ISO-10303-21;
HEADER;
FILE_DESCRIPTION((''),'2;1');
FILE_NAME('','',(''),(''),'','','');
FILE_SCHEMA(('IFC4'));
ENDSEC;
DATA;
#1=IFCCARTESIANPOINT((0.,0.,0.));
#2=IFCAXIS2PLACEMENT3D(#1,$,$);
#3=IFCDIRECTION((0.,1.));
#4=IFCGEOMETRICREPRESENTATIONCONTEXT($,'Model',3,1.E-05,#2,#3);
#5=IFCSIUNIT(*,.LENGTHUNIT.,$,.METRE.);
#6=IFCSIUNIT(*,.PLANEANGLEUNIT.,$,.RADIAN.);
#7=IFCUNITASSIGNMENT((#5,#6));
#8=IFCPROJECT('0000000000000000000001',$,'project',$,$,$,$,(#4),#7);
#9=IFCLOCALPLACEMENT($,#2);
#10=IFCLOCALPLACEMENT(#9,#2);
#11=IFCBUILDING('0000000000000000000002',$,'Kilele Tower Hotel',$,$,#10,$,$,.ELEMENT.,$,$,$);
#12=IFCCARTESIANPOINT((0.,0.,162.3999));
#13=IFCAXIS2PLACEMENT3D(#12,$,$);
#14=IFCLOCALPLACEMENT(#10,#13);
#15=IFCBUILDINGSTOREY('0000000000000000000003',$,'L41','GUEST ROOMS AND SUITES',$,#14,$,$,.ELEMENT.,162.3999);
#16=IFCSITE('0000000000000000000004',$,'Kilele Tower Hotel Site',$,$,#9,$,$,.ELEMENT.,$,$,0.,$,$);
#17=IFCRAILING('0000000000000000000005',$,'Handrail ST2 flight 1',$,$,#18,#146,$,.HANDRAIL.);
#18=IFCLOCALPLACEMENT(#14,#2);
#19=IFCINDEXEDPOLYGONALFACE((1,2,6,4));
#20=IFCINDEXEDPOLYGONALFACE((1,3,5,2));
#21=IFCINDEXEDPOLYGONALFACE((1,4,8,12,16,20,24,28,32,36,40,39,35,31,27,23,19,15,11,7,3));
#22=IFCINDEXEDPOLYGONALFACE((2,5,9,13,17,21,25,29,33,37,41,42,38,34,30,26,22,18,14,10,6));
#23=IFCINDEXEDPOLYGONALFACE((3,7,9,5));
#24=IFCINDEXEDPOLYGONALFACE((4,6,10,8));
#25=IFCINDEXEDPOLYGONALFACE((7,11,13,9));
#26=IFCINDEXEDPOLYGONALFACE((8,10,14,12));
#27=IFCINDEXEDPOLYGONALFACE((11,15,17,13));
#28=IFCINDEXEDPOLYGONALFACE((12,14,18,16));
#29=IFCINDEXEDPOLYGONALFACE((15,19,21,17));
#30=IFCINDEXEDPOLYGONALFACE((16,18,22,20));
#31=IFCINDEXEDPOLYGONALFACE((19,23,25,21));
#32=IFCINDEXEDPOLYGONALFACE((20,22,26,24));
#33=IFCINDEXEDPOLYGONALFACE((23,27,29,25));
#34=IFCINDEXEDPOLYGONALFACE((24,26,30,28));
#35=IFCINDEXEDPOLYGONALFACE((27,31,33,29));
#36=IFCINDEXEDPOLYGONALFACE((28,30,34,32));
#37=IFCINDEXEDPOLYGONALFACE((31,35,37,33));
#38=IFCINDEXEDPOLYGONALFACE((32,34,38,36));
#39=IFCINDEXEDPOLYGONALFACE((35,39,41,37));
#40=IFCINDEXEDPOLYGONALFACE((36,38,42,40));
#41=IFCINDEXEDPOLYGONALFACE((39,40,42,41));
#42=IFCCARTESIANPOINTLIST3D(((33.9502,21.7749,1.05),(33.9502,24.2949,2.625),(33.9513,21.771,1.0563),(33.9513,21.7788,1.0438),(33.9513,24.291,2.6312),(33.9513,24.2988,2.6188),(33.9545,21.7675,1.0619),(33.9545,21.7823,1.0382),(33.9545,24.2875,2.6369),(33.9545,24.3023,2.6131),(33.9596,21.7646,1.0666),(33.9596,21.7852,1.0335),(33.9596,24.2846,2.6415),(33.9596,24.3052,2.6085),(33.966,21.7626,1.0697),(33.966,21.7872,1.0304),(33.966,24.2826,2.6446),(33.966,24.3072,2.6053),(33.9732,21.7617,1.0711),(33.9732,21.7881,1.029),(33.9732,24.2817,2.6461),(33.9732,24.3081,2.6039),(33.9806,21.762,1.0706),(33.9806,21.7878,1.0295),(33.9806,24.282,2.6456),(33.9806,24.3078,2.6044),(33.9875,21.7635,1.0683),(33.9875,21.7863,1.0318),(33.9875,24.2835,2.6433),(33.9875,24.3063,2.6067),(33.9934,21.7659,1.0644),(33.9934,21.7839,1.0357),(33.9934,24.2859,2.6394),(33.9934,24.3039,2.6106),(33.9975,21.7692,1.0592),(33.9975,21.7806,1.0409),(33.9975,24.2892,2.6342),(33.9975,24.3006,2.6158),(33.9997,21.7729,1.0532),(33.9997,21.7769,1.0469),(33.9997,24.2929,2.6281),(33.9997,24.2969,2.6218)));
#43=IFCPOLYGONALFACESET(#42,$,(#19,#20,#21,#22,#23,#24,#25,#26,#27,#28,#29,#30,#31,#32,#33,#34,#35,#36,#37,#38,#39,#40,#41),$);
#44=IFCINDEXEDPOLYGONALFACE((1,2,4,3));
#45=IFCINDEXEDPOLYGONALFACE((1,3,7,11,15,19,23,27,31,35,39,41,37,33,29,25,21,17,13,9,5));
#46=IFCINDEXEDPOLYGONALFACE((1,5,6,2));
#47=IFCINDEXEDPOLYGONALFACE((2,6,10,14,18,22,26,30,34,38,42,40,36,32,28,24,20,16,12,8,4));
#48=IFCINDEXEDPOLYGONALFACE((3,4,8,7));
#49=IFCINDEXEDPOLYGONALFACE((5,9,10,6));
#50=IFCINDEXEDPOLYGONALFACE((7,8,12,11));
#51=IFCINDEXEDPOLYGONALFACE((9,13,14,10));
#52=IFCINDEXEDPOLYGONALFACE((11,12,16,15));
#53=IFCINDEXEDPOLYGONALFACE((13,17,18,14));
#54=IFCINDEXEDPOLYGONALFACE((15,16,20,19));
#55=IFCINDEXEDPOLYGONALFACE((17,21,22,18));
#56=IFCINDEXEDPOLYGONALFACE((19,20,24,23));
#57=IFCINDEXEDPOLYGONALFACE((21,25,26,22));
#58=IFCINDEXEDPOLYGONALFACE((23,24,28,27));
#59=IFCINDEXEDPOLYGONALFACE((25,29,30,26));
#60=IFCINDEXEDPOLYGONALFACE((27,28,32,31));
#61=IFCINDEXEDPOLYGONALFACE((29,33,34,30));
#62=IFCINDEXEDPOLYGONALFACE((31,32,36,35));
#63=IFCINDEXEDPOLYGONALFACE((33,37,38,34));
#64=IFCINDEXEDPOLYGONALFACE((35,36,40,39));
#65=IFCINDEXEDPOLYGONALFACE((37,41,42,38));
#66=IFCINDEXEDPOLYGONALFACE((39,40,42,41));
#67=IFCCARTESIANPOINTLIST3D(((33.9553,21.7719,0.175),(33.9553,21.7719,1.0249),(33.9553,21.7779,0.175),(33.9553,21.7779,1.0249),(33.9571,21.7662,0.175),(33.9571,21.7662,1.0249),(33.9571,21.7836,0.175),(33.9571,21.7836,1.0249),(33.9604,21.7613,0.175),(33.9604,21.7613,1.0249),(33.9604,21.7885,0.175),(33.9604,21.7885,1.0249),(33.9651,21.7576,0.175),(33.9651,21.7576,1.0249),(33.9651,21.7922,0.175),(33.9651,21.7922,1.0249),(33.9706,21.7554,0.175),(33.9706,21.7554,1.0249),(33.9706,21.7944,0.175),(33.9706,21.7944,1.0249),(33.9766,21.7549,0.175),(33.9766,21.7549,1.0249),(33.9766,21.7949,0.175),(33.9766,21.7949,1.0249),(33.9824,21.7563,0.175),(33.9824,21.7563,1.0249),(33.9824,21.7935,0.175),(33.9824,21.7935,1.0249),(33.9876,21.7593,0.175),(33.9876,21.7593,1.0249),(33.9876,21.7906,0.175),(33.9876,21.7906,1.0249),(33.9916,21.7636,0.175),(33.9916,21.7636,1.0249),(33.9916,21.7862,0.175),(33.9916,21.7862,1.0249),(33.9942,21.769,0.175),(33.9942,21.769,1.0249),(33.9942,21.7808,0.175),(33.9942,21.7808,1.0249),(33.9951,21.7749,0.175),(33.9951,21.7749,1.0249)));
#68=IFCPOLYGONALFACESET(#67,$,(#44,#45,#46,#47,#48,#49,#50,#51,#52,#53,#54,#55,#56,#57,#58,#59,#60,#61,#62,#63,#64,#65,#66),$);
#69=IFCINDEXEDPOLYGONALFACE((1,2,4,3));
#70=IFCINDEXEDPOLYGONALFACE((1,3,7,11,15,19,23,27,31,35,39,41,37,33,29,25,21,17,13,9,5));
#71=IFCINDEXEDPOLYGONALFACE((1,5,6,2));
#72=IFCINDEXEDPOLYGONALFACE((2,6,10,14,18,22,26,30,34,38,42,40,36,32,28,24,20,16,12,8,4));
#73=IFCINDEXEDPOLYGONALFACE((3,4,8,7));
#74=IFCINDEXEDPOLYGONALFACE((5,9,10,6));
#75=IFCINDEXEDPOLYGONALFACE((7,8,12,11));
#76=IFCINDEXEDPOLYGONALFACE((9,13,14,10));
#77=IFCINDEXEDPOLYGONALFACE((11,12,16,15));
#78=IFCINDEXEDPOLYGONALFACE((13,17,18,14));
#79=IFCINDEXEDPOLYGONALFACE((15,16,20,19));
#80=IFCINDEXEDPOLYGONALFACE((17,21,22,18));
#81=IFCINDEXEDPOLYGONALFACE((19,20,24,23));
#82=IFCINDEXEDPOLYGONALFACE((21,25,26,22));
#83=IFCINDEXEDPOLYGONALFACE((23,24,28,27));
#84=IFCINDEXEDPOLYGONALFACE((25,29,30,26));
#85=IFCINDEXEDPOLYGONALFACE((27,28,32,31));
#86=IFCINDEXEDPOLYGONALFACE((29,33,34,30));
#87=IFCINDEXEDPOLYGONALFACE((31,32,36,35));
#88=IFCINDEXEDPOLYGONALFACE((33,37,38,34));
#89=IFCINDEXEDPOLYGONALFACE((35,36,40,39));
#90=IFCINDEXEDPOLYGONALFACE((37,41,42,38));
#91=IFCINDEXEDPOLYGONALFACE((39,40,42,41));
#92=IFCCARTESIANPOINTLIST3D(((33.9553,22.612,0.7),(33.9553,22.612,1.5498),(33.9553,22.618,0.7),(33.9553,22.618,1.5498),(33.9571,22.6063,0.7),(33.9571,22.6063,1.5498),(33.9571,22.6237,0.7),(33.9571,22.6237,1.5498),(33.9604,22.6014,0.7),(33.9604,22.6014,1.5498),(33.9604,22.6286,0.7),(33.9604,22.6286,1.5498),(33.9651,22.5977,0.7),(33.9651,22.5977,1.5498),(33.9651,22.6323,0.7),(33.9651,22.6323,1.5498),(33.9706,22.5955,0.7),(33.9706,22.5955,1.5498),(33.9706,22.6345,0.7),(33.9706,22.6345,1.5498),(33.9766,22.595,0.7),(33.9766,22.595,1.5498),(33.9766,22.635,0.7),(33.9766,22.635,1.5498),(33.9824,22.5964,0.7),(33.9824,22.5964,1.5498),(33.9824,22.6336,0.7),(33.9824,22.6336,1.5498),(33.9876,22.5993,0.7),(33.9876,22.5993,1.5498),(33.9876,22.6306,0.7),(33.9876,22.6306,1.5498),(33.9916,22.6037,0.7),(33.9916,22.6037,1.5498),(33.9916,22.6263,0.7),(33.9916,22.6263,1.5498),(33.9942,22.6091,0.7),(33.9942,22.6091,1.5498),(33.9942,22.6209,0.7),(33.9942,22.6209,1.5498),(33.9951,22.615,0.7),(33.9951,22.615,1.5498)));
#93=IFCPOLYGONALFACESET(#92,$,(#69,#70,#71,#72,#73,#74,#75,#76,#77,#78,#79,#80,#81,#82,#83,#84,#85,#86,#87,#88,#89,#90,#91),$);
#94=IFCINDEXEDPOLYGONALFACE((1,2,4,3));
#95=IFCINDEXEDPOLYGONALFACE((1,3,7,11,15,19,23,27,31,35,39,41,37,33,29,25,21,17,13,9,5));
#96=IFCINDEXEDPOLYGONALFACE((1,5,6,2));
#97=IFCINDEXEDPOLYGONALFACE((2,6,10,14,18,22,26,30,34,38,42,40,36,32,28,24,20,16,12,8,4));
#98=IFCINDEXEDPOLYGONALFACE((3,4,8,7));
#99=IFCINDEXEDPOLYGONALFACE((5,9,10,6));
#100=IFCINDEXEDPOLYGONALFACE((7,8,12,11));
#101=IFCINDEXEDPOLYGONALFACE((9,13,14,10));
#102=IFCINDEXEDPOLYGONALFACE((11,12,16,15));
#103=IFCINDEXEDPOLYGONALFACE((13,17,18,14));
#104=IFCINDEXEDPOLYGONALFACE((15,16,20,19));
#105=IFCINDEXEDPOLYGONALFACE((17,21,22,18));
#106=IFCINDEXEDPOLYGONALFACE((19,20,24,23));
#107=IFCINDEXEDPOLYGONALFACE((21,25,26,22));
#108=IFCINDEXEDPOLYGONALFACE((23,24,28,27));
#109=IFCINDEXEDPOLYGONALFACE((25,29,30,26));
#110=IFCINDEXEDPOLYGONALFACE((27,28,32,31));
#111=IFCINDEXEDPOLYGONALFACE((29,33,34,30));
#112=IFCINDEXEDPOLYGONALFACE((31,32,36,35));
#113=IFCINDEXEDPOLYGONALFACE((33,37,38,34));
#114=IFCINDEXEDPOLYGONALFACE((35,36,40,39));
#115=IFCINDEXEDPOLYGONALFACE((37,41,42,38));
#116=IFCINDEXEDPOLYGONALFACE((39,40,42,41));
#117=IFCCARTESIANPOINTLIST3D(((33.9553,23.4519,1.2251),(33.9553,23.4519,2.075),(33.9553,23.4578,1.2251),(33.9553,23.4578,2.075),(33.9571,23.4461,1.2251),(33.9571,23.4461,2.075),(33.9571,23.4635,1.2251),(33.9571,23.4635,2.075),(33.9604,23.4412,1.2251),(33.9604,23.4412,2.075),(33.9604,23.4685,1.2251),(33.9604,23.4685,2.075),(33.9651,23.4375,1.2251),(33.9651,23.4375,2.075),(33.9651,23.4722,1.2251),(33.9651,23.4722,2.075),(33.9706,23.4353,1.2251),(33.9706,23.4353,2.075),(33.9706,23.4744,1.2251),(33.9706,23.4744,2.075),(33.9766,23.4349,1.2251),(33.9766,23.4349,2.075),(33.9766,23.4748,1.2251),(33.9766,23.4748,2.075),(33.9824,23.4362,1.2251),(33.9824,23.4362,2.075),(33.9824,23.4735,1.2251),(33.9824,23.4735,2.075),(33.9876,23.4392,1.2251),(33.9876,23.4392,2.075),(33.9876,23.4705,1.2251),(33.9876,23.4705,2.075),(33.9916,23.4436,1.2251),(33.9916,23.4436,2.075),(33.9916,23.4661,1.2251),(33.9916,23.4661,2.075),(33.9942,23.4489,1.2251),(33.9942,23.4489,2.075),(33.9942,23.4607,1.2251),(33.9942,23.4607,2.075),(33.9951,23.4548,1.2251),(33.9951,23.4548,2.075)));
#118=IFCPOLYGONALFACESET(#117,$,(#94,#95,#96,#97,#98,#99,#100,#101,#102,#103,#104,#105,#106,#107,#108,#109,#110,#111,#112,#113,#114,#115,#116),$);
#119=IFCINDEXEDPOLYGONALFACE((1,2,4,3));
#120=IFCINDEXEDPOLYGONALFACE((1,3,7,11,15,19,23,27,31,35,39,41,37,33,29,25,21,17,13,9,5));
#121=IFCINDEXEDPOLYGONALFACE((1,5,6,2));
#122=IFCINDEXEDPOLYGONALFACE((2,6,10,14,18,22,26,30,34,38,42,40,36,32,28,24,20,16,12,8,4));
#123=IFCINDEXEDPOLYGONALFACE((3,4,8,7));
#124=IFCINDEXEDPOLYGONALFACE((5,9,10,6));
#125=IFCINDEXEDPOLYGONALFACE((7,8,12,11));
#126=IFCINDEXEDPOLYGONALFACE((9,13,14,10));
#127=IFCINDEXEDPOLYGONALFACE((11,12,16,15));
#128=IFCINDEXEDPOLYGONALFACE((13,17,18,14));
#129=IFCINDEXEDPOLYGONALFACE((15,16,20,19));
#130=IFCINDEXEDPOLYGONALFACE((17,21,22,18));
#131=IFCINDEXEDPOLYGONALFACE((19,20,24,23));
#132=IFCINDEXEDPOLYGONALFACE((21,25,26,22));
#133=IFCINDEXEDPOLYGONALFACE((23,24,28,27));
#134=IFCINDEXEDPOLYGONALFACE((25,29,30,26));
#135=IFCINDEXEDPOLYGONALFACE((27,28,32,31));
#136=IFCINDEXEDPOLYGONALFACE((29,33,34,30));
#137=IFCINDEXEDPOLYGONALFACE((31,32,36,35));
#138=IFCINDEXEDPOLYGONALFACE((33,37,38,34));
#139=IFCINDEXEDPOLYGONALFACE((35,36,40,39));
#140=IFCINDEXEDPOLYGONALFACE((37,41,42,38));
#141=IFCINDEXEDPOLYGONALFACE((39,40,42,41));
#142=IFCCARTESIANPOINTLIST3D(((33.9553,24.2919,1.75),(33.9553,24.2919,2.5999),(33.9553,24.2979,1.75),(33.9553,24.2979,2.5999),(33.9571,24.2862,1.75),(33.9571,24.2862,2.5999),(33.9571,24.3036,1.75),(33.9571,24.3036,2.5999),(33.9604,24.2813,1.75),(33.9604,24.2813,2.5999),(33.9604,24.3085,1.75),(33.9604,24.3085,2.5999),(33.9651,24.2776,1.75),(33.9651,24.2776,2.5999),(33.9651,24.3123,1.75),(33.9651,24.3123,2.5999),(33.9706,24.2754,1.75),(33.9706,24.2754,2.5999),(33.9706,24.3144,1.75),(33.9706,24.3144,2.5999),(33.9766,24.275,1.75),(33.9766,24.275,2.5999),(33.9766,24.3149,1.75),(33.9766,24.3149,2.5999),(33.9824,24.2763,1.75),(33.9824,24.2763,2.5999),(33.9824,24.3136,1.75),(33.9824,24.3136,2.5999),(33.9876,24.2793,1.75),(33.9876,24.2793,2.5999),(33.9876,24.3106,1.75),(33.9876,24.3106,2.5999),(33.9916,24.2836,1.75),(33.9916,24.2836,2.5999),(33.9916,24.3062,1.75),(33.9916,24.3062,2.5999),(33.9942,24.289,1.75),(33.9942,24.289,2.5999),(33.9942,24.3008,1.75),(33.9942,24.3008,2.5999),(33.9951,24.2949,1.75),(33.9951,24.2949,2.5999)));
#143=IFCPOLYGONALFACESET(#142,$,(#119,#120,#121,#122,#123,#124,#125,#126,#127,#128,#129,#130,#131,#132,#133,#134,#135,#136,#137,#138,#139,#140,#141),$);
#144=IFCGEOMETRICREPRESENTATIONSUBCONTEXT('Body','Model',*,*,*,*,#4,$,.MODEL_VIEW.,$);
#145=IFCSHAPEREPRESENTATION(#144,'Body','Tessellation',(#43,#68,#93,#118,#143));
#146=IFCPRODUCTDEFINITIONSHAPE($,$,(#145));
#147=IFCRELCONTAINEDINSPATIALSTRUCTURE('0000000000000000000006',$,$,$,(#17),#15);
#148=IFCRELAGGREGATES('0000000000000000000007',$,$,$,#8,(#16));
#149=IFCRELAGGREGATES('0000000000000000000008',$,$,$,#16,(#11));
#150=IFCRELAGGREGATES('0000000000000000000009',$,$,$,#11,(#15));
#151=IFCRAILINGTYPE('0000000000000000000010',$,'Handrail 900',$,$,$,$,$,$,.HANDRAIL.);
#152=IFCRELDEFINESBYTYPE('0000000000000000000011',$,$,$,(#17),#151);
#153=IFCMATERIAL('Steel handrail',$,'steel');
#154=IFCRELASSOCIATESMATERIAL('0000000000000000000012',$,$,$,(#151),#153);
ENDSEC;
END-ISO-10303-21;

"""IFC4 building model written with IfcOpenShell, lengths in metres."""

from ifc_helpers import new_model, si_unit, direction, frame, origin, origin_2d, place, context, subcontext, project, spatial, circle, extrude, material, type_object, element, save


model = new_model("IFC4")

# Units and contexts
model_context = context("Model", 3, precision=1e-05, world=origin(), true_north=direction((0.0, 1.0)))
body_context = subcontext(model_context, "Body", "Model", "MODEL_VIEW")
ifc_project = project(units=[si_unit("LENGTHUNIT", "METRE"), si_unit("PLANEANGLEUNIT", "RADIAN")], contexts=[model_context])

# Site, building, storey
site_placement = place(None, origin())
site = spatial("IfcSite", under=ifc_project, at=site_placement, Name="Kilele Tower Hotel Site", CompositionType="ELEMENT", RefElevation=0.0)
building_placement = place(site_placement, origin())
building = spatial("IfcBuilding", under=site, at=building_placement, Name="Kilele Tower Hotel", CompositionType="ELEMENT")
storey_placement = place(building_placement, frame((0.0, 0.0, 162.3999)))
storey = spatial("IfcBuildingStorey", under=building, at=storey_placement, Name="L41", Description="GUEST ROOMS AND SUITES", CompositionType="ELEMENT", Elevation=162.3999)

# Railing
ifc_material_1 = material(Name="Steel handrail", Category="steel")
railing_type_1 = type_object("IfcRailingType", Name="Handrail 900", PredefinedType="HANDRAIL", material=ifc_material_1)
for number, where, name in (
    (1, (33.9751, 21.7749, 0.175), "Handrail ST2 flight 1"),
):
    element("IfcRailing", number, at=place(storey_placement, frame(where)), inside=storey, type_object=railing_type_1, Name=name, PredefinedType="HANDRAIL", context=body_context, shape_type="SweptSolid", body=[
        extrude(circle(Radius=0.0249, at=origin_2d()), frame((0.0, 0.0, 0.875), z_axis=(0.0, 0.848008, 0.529984), x_axis=(-1.0, 0.0, 0.0)), (0.0, 0.0, 1.0), 2.9717),
        extrude(circle(Radius=0.02, at=origin_2d()), origin(), (0.0, 0.0, 1.0), 0.8499),
        extrude(circle(Radius=0.02, at=origin_2d()), frame((0.0, 0.8401, 0.5249)), (0.0, 0.0, 1.0), 0.8499),
        extrude(circle(Radius=0.02, at=origin_2d()), frame((0.0, 1.6799, 1.05)), (0.0, 0.0, 1.0), 0.8499),
        extrude(circle(Radius=0.02, at=origin_2d()), frame((0.0, 2.52, 1.575)), (0.0, 0.0, 1.0), 0.8499),
    ])

save(model, "model.ifc")
